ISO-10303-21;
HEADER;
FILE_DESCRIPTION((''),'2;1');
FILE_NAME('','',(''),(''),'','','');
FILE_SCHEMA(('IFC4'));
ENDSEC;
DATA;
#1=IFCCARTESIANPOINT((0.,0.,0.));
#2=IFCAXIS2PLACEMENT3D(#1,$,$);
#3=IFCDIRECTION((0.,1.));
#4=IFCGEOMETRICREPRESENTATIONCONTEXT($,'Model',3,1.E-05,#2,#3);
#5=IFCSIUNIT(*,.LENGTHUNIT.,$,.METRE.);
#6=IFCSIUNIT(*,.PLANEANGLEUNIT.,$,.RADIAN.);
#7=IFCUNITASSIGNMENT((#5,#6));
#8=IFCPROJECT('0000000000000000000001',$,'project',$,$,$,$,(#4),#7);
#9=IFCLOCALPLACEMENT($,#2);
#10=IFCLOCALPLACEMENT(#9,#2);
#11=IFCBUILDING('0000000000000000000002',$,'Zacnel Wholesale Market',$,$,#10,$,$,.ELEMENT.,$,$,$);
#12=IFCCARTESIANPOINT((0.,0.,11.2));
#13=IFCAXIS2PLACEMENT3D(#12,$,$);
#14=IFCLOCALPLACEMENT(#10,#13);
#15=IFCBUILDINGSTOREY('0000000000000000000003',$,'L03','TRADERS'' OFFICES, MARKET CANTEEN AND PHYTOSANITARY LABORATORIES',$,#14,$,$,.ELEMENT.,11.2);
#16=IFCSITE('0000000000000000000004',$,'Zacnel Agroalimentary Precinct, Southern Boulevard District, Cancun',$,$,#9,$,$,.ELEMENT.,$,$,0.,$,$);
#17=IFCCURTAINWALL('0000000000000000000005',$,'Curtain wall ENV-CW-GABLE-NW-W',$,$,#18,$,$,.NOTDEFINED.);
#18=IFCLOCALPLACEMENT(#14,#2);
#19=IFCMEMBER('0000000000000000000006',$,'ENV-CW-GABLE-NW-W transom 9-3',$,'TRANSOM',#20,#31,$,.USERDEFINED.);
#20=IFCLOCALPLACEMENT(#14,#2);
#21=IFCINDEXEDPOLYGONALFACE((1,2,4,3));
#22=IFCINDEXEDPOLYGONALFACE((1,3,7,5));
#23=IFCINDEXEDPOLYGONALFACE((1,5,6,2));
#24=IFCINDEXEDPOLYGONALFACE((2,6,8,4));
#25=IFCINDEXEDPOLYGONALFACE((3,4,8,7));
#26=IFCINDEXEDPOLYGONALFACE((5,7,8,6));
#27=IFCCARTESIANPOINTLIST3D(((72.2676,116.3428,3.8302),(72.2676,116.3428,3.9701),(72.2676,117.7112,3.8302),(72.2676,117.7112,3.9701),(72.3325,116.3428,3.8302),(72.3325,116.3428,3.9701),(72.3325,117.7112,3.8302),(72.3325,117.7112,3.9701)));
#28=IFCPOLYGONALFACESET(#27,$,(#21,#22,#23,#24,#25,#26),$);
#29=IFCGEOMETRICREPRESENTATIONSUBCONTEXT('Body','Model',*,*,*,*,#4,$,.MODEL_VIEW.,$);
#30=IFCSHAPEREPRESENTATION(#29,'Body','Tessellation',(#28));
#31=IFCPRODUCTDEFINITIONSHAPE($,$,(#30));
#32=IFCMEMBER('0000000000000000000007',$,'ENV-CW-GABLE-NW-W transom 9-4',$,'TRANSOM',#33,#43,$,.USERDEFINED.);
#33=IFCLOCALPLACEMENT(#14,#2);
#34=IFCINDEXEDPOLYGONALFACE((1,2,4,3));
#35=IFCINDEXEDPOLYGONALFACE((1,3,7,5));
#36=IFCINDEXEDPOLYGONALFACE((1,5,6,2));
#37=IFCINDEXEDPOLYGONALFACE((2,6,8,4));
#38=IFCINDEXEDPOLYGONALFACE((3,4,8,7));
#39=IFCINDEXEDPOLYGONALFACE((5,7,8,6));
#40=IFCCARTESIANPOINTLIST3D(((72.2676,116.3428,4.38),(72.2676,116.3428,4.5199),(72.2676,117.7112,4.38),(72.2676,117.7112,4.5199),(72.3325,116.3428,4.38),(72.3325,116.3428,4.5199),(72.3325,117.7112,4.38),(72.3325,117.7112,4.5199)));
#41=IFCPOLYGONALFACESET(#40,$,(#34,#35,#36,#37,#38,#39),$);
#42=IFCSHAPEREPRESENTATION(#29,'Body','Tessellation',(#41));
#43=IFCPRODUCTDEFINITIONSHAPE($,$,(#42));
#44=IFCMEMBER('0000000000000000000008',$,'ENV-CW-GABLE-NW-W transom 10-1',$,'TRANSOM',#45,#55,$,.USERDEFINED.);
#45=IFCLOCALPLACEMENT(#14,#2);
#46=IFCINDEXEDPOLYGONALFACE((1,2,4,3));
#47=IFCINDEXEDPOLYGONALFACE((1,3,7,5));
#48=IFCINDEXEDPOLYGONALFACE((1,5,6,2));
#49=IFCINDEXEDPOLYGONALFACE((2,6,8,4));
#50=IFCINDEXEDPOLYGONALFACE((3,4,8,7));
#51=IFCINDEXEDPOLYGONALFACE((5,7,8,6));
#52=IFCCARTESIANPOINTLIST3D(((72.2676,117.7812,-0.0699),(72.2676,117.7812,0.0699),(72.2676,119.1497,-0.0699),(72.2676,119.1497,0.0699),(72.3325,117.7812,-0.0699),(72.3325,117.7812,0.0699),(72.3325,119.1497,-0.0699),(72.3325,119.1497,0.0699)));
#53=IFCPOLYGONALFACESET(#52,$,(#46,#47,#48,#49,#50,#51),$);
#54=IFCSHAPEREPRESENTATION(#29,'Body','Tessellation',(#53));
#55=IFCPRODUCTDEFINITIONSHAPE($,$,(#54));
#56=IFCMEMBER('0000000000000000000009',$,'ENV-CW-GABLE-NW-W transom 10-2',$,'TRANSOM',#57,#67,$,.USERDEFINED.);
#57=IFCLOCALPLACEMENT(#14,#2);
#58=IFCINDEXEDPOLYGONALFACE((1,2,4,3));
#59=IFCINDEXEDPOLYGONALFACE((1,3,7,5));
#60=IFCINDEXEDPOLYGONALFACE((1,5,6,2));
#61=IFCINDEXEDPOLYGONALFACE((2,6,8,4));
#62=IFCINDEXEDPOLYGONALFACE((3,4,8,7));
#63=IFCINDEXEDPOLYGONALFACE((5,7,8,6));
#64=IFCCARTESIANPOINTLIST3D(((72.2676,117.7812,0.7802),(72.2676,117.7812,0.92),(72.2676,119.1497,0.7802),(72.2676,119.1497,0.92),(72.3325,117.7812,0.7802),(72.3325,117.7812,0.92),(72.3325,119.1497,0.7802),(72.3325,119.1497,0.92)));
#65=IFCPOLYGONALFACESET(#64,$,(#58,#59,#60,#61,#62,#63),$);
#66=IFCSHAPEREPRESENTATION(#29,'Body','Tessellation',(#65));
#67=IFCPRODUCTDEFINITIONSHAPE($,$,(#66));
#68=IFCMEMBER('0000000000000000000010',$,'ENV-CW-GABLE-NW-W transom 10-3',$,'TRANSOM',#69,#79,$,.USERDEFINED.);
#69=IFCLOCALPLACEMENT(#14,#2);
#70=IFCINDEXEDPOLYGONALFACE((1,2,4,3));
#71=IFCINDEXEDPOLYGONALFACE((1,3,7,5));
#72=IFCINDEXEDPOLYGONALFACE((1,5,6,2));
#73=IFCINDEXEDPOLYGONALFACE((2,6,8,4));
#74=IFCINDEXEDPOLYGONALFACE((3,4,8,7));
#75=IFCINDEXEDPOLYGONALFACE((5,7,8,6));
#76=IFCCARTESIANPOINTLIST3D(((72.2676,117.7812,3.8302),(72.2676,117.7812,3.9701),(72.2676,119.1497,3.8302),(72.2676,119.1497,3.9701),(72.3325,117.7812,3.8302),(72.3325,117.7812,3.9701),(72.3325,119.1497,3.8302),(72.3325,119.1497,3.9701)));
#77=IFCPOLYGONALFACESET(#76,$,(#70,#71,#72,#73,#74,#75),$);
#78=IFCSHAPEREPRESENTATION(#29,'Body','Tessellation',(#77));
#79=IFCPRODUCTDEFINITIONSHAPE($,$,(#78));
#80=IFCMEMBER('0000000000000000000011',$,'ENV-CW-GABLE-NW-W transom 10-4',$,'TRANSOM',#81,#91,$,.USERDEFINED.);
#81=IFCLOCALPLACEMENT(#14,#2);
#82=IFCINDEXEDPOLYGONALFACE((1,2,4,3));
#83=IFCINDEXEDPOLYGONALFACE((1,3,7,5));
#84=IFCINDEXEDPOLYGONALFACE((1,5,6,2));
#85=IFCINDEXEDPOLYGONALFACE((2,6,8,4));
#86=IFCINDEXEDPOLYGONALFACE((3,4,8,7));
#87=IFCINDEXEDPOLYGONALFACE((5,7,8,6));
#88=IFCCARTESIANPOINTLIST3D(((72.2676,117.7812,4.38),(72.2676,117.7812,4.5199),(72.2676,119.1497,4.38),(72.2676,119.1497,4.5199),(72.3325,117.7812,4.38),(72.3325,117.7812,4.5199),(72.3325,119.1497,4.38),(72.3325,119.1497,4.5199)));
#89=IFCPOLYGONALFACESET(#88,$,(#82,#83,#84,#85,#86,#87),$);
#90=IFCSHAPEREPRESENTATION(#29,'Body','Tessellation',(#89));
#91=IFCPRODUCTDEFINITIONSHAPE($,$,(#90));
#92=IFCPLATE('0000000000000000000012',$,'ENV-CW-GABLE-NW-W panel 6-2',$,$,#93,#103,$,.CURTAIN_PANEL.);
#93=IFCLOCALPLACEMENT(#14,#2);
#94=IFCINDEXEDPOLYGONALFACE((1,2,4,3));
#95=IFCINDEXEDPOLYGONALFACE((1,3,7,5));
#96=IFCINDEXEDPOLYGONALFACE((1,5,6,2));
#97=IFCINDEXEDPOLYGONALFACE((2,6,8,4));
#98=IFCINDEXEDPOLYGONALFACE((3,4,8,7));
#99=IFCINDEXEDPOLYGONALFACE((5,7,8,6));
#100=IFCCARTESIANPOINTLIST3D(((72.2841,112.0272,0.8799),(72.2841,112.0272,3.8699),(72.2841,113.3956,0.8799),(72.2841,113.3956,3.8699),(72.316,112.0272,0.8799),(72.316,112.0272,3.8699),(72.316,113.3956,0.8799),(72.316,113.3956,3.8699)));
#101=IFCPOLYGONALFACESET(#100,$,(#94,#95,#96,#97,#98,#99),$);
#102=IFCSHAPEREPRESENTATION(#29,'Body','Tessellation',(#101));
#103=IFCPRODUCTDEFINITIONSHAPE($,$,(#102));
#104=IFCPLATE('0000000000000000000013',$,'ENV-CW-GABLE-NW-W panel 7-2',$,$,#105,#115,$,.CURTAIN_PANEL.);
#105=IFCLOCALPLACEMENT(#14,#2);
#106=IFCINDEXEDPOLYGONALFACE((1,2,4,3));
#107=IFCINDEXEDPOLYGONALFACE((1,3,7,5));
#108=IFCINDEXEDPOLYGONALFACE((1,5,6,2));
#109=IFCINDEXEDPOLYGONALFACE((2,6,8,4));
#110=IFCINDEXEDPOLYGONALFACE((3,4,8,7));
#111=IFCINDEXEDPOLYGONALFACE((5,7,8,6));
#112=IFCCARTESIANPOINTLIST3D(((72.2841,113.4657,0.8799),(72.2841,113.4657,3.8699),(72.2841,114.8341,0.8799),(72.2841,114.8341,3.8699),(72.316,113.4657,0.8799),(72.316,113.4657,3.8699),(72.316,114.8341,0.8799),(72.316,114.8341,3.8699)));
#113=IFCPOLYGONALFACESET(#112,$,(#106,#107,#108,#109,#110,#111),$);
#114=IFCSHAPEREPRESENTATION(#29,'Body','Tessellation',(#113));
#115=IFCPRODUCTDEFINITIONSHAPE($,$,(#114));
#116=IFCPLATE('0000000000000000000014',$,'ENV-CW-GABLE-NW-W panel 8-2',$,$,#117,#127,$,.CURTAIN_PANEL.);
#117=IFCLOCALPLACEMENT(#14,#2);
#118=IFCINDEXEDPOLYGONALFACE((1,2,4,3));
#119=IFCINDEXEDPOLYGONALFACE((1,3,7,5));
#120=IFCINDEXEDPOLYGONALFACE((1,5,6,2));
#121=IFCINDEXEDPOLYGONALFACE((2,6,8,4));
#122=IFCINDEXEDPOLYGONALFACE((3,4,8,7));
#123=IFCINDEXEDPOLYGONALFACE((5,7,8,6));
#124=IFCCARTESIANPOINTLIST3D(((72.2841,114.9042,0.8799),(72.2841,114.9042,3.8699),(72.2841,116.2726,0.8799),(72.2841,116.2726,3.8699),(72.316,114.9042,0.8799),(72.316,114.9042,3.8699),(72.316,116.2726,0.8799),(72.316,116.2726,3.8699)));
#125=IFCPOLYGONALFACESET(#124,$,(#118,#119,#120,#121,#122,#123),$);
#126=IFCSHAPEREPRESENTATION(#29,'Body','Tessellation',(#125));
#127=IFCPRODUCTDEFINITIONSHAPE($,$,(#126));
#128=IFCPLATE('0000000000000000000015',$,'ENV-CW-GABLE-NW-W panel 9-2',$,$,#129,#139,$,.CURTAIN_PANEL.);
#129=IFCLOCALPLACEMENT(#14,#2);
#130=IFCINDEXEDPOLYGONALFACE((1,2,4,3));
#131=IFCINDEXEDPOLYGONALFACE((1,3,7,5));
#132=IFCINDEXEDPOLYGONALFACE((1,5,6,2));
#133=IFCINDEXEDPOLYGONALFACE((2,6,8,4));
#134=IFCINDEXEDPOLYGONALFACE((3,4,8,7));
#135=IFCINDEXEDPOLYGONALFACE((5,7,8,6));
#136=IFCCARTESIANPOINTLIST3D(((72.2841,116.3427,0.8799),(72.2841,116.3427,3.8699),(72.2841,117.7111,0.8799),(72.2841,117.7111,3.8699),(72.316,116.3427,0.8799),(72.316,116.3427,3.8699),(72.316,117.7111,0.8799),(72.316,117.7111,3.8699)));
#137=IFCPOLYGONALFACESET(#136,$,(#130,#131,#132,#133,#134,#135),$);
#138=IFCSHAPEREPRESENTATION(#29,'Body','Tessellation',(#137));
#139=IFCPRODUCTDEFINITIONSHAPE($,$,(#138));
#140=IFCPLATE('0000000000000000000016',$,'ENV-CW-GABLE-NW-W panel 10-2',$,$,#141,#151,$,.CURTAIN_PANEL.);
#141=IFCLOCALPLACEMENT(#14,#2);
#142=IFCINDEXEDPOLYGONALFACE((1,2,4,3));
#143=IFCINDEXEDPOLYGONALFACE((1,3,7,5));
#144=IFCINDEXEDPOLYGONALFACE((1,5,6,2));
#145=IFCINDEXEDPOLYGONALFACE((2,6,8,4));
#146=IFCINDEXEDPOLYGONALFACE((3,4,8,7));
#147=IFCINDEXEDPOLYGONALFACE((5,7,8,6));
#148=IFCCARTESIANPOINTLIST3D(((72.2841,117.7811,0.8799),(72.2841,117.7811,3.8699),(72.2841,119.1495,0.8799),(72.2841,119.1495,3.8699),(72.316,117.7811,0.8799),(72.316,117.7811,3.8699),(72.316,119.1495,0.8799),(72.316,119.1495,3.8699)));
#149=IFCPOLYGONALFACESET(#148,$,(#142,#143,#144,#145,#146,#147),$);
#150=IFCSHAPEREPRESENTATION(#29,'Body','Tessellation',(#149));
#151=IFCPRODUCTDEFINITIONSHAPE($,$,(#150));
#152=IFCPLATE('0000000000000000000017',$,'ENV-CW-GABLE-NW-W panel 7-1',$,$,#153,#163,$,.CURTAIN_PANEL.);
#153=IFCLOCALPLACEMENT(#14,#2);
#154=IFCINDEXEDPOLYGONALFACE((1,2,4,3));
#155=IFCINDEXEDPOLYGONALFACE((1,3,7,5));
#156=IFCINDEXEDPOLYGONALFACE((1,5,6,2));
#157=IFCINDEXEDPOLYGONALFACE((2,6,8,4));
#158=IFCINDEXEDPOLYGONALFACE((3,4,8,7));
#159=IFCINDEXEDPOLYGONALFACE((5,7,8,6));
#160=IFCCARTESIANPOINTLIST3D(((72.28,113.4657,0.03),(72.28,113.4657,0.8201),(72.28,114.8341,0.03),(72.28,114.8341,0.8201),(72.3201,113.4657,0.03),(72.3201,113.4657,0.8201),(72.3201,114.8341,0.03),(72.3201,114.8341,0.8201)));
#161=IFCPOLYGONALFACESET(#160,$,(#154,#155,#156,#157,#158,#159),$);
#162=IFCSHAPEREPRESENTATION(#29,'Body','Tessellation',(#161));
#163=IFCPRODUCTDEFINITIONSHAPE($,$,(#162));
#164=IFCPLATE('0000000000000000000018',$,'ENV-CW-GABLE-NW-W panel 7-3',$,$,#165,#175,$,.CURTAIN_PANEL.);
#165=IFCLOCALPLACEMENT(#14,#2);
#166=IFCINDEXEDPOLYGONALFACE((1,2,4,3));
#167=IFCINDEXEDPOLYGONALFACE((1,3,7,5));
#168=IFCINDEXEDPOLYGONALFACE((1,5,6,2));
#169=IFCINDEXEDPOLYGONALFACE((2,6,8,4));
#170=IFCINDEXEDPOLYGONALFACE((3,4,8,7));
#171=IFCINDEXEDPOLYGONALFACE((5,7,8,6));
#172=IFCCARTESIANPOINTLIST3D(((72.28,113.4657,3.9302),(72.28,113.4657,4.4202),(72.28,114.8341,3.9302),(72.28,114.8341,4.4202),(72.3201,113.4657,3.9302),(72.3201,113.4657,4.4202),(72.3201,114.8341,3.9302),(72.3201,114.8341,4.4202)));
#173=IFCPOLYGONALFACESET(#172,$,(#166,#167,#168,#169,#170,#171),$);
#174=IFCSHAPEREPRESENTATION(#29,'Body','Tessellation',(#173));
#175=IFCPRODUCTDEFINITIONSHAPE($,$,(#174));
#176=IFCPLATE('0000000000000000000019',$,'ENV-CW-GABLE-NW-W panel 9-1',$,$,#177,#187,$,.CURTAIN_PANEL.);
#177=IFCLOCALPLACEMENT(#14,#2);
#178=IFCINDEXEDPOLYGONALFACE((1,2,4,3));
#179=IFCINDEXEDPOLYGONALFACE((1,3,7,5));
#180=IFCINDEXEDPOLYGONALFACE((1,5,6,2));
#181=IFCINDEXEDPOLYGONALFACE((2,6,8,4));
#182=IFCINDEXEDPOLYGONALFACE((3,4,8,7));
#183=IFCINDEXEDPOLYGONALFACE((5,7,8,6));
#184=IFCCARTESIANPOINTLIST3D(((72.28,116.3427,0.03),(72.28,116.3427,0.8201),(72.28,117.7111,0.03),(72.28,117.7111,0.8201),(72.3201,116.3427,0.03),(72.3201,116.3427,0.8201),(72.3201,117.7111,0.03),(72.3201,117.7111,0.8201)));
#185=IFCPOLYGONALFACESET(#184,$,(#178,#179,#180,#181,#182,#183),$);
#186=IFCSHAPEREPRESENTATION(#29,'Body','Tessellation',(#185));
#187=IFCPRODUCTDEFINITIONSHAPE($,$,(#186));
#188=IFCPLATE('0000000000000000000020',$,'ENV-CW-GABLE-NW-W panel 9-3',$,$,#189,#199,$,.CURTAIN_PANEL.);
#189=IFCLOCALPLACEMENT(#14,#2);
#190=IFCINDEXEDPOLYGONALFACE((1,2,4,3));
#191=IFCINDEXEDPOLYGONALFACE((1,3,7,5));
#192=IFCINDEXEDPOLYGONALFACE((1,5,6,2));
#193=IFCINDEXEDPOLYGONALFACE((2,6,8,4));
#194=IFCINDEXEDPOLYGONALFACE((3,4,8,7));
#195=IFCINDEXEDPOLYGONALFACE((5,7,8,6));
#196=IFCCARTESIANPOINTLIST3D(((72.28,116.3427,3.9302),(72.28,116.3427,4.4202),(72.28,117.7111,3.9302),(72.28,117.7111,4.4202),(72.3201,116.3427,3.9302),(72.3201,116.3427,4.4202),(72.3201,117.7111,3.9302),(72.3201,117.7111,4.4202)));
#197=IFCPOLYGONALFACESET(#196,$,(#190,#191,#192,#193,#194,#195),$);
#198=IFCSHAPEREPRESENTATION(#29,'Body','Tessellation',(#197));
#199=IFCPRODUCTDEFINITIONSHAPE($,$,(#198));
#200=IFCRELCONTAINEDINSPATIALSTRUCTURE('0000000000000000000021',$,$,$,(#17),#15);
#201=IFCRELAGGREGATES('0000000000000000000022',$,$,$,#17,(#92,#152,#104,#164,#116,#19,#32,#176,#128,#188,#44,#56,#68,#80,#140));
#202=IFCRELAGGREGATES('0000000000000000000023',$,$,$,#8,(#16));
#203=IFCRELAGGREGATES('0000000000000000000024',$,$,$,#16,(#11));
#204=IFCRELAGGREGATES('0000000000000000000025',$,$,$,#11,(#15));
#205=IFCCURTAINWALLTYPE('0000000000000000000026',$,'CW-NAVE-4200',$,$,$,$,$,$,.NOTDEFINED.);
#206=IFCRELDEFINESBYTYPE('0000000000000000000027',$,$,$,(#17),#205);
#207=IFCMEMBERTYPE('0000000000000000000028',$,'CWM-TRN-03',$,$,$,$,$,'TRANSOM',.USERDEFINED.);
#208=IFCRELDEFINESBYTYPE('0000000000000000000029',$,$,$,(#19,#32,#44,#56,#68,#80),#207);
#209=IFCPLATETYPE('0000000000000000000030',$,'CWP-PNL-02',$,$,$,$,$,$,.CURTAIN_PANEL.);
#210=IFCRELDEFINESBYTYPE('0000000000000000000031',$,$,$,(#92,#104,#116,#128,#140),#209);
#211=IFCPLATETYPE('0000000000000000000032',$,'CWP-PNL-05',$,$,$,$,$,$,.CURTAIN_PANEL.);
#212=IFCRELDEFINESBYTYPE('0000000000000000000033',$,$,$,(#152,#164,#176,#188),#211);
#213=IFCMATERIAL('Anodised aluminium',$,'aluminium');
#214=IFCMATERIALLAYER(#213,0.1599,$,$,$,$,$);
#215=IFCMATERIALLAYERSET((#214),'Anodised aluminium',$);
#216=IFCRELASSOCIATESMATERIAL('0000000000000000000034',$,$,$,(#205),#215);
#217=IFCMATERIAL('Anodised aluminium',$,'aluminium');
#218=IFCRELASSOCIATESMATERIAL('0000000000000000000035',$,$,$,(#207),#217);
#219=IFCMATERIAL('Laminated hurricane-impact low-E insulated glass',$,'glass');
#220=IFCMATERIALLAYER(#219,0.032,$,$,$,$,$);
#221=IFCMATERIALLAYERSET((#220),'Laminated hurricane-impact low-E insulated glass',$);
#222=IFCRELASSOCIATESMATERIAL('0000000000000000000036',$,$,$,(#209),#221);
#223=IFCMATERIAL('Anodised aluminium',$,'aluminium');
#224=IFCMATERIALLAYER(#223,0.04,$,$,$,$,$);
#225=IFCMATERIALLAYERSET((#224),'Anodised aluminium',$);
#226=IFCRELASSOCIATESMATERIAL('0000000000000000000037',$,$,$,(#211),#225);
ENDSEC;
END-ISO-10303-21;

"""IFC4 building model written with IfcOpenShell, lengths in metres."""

from ifc_helpers import new_model, si_unit, direction, frame, origin, origin_2d, place, context, subcontext, project, spatial, rectangle, extrude, material, layer, layer_set, material_profile, profile_set, type_object, element, aggregate, save


model = new_model("IFC4")

# Units and contexts
model_context = context("Model", 3, precision=1e-05, world=origin(), true_north=direction((0.0, 1.0)))
body_context = subcontext(model_context, "Body", "Model", "MODEL_VIEW")
ifc_project = project(units=[si_unit("LENGTHUNIT", "METRE"), si_unit("PLANEANGLEUNIT", "RADIAN")], contexts=[model_context])

# Site, building, storey
site_placement = place(None, origin())
site = spatial("IfcSite", under=ifc_project, at=site_placement, Name="Zacnel Agroalimentary Precinct, Southern Boulevard District, Cancun", CompositionType="ELEMENT", RefElevation=0.0)
building_placement = place(site_placement, origin())
building = spatial("IfcBuilding", under=site, at=building_placement, Name="Zacnel Wholesale Market", CompositionType="ELEMENT")
storey_placement = place(building_placement, frame((0.0, 0.0, 11.2)))
storey = spatial("IfcBuildingStorey", under=building, at=storey_placement, Name="L03", Description="TRADERS' OFFICES, MARKET CANTEEN AND PHYTOSANITARY LABORATORIES", CompositionType="ELEMENT", Elevation=11.2)

# Curtain wall, members, plates
ifc_material_1 = material(Name="Anodised aluminium", Category="aluminium")
ifc_layer_1 = layer(ifc_material_1, 0.1599)
ifc_layer_set_1 = layer_set([ifc_layer_1], Name="Anodised aluminium")
curtain_wall_type = type_object("IfcCurtainWallType", Name="CW-NAVE-4200", PredefinedType="NOTDEFINED", material=ifc_layer_set_1)
curtain_wall_placement = place(storey_placement, origin())
curtain_wall = element("IfcCurtainWall", 1, at=curtain_wall_placement, inside=storey, type_object=curtain_wall_type, Name="Curtain wall ENV-CW-GABLE-NW-W", PredefinedType="NOTDEFINED")
ifc_material_2 = material(Name="Anodised aluminium", Category="aluminium")
ifc_material_profile_1 = material_profile(ifc_material_2, rectangle(XDim=0.0649, YDim=0.1399, at=origin_2d()), Name="AW-TRANSOM 65x140")
ifc_profile_set_1 = profile_set([ifc_material_profile_1], Name="Anodised aluminium")
member_type_1 = type_object("IfcMemberType", Name="CWM-TRN-03", ElementType="TRANSOM", PredefinedType="USERDEFINED", material=ifc_profile_set_1)
member_1_placement = place(storey_placement, frame((72.3, 116.3428, 3.9001), z_axis=(0.0, 1.0, 0.0), x_axis=(-1.0, 0.0, 0.0)))
member_1 = element("IfcMember", 2, at=member_1_placement, type_object=member_type_1, Name="ENV-CW-GABLE-NW-W transom 9-3", ObjectType="TRANSOM", PredefinedType="USERDEFINED", context=body_context, shape_type="SweptSolid", body=[
    extrude(rectangle(XDim=0.0649, YDim=0.1399, at=origin_2d()), origin(), (0.0, 0.0, 1.0), 1.3684),
])
member_2_placement = place(storey_placement, frame((72.3, 116.3428, 4.45), z_axis=(0.0, 1.0, 0.0), x_axis=(-1.0, 0.0, 0.0)))
member_2 = element("IfcMember", 3, at=member_2_placement, type_object=member_type_1, Name="ENV-CW-GABLE-NW-W transom 9-4", ObjectType="TRANSOM", PredefinedType="USERDEFINED", context=body_context, shape_type="SweptSolid", body=[
    extrude(rectangle(XDim=0.0649, YDim=0.1399, at=origin_2d()), origin(), (0.0, 0.0, 1.0), 1.3684),
])
member_3_placement = place(storey_placement, frame((72.3, 117.7812, 0.0), z_axis=(0.0, 1.0, 0.0), x_axis=(-1.0, 0.0, 0.0)))
member_3 = element("IfcMember", 4, at=member_3_placement, type_object=member_type_1, Name="ENV-CW-GABLE-NW-W transom 10-1", ObjectType="TRANSOM", PredefinedType="USERDEFINED", context=body_context, shape_type="SweptSolid", body=[
    extrude(rectangle(XDim=0.0649, YDim=0.1399, at=origin_2d()), origin(), (0.0, 0.0, 1.0), 1.3684),
])
member_4_placement = place(storey_placement, frame((72.3, 117.7812, 0.8501), z_axis=(0.0, 1.0, 0.0), x_axis=(-1.0, 0.0, 0.0)))
member_4 = element("IfcMember", 5, at=member_4_placement, type_object=member_type_1, Name="ENV-CW-GABLE-NW-W transom 10-2", ObjectType="TRANSOM", PredefinedType="USERDEFINED", context=body_context, shape_type="SweptSolid", body=[
    extrude(rectangle(XDim=0.0649, YDim=0.1399, at=origin_2d()), origin(), (0.0, 0.0, 1.0), 1.3684),
])
member_5_placement = place(storey_placement, frame((72.3, 117.7812, 3.9001), z_axis=(0.0, 1.0, 0.0), x_axis=(-1.0, 0.0, 0.0)))
member_5 = element("IfcMember", 6, at=member_5_placement, type_object=member_type_1, Name="ENV-CW-GABLE-NW-W transom 10-3", ObjectType="TRANSOM", PredefinedType="USERDEFINED", context=body_context, shape_type="SweptSolid", body=[
    extrude(rectangle(XDim=0.0649, YDim=0.1399, at=origin_2d()), origin(), (0.0, 0.0, 1.0), 1.3684),
])
member_6_placement = place(storey_placement, frame((72.3, 117.7812, 4.45), z_axis=(0.0, 1.0, 0.0), x_axis=(-1.0, 0.0, 0.0)))
member_6 = element("IfcMember", 7, at=member_6_placement, type_object=member_type_1, Name="ENV-CW-GABLE-NW-W transom 10-4", ObjectType="TRANSOM", PredefinedType="USERDEFINED", context=body_context, shape_type="SweptSolid", body=[
    extrude(rectangle(XDim=0.0649, YDim=0.1399, at=origin_2d()), origin(), (0.0, 0.0, 1.0), 1.3684),
])
ifc_material_3 = material(Name="Laminated hurricane-impact low-E insulated glass", Category="glass")
ifc_layer_2 = layer(ifc_material_3, 0.032)
ifc_layer_set_2 = layer_set([ifc_layer_2], Name="Laminated hurricane-impact low-E insulated glass")
plate_type_1 = type_object("IfcPlateType", Name="CWP-PNL-02", PredefinedType="CURTAIN_PANEL", material=ifc_layer_set_2)
plate_1_placement = place(storey_placement, frame((72.3, 112.7114, 0.8799), z_axis=(0.0, 0.0, 1.0), x_axis=(0.0, 1.0, 0.0)))
plate_1 = element("IfcPlate", 8, at=plate_1_placement, type_object=plate_type_1, Name="ENV-CW-GABLE-NW-W panel 6-2", PredefinedType="CURTAIN_PANEL", context=body_context, shape_type="SweptSolid", body=[
    extrude(rectangle(XDim=1.3684, YDim=0.032, at=origin_2d()), origin(), (0.0, 0.0, 1.0), 2.99),
])
plate_2_placement = place(storey_placement, frame((72.3, 114.1499, 0.8799), z_axis=(0.0, 0.0, 1.0), x_axis=(0.0, 1.0, 0.0)))
plate_2 = element("IfcPlate", 9, at=plate_2_placement, type_object=plate_type_1, Name="ENV-CW-GABLE-NW-W panel 7-2", PredefinedType="CURTAIN_PANEL", context=body_context, shape_type="SweptSolid", body=[
    extrude(rectangle(XDim=1.3684, YDim=0.032, at=origin_2d()), origin(), (0.0, 0.0, 1.0), 2.99),
])
plate_3_placement = place(storey_placement, frame((72.3, 115.5884, 0.8799), z_axis=(0.0, 0.0, 1.0), x_axis=(0.0, 1.0, 0.0)))
plate_3 = element("IfcPlate", 10, at=plate_3_placement, type_object=plate_type_1, Name="ENV-CW-GABLE-NW-W panel 8-2", PredefinedType="CURTAIN_PANEL", context=body_context, shape_type="SweptSolid", body=[
    extrude(rectangle(XDim=1.3684, YDim=0.032, at=origin_2d()), origin(), (0.0, 0.0, 1.0), 2.99),
])
plate_4_placement = place(storey_placement, frame((72.3, 117.0269, 0.8799), z_axis=(0.0, 0.0, 1.0), x_axis=(0.0, 1.0, 0.0)))
plate_4 = element("IfcPlate", 11, at=plate_4_placement, type_object=plate_type_1, Name="ENV-CW-GABLE-NW-W panel 9-2", PredefinedType="CURTAIN_PANEL", context=body_context, shape_type="SweptSolid", body=[
    extrude(rectangle(XDim=1.3684, YDim=0.032, at=origin_2d()), origin(), (0.0, 0.0, 1.0), 2.99),
])
plate_5_placement = place(storey_placement, frame((72.3, 118.4653, 0.8799), z_axis=(0.0, 0.0, 1.0), x_axis=(0.0, 1.0, 0.0)))
plate_5 = element("IfcPlate", 12, at=plate_5_placement, type_object=plate_type_1, Name="ENV-CW-GABLE-NW-W panel 10-2", PredefinedType="CURTAIN_PANEL", context=body_context, shape_type="SweptSolid", body=[
    extrude(rectangle(XDim=1.3684, YDim=0.032, at=origin_2d()), origin(), (0.0, 0.0, 1.0), 2.99),
])
ifc_material_4 = material(Name="Anodised aluminium", Category="aluminium")
ifc_layer_3 = layer(ifc_material_4, 0.04)
ifc_layer_set_3 = layer_set([ifc_layer_3], Name="Anodised aluminium")
plate_type_2 = type_object("IfcPlateType", Name="CWP-PNL-05", PredefinedType="CURTAIN_PANEL", material=ifc_layer_set_3)
plate_6_placement = place(storey_placement, frame((72.3, 114.1499, 0.03), z_axis=(0.0, 0.0, 1.0), x_axis=(0.0, 1.0, 0.0)))
plate_6 = element("IfcPlate", 13, at=plate_6_placement, type_object=plate_type_2, Name="ENV-CW-GABLE-NW-W panel 7-1", PredefinedType="CURTAIN_PANEL", context=body_context, shape_type="SweptSolid", body=[
    extrude(rectangle(XDim=1.3684, YDim=0.04, at=origin_2d()), origin(), (0.0, 0.0, 1.0), 0.79),
])
plate_7_placement = place(storey_placement, frame((72.3, 114.1499, 3.9302), z_axis=(0.0, 0.0, 1.0), x_axis=(0.0, 1.0, 0.0)))
plate_7 = element("IfcPlate", 14, at=plate_7_placement, type_object=plate_type_2, Name="ENV-CW-GABLE-NW-W panel 7-3", PredefinedType="CURTAIN_PANEL", context=body_context, shape_type="SweptSolid", body=[
    extrude(rectangle(XDim=1.3684, YDim=0.04, at=origin_2d()), origin(), (0.0, 0.0, 1.0), 0.49),
])
plate_8_placement = place(storey_placement, frame((72.3, 117.0269, 0.03), z_axis=(0.0, 0.0, 1.0), x_axis=(0.0, 1.0, 0.0)))
plate_8 = element("IfcPlate", 15, at=plate_8_placement, type_object=plate_type_2, Name="ENV-CW-GABLE-NW-W panel 9-1", PredefinedType="CURTAIN_PANEL", context=body_context, shape_type="SweptSolid", body=[
    extrude(rectangle(XDim=1.3684, YDim=0.04, at=origin_2d()), origin(), (0.0, 0.0, 1.0), 0.79),
])
plate_9_placement = place(storey_placement, frame((72.3, 117.0269, 3.9302), z_axis=(0.0, 0.0, 1.0), x_axis=(0.0, 1.0, 0.0)))
plate_9 = element("IfcPlate", 16, at=plate_9_placement, type_object=plate_type_2, Name="ENV-CW-GABLE-NW-W panel 9-3", PredefinedType="CURTAIN_PANEL", context=body_context, shape_type="SweptSolid", body=[
    extrude(rectangle(XDim=1.3684, YDim=0.04, at=origin_2d()), origin(), (0.0, 0.0, 1.0), 0.49),
])
aggregate(curtain_wall, [plate_1, plate_6, plate_2, plate_7, plate_3, member_1, member_2, plate_8, plate_4, plate_9, member_3, member_4, member_5, member_6, plate_5])

save(model, "model.ifc")
